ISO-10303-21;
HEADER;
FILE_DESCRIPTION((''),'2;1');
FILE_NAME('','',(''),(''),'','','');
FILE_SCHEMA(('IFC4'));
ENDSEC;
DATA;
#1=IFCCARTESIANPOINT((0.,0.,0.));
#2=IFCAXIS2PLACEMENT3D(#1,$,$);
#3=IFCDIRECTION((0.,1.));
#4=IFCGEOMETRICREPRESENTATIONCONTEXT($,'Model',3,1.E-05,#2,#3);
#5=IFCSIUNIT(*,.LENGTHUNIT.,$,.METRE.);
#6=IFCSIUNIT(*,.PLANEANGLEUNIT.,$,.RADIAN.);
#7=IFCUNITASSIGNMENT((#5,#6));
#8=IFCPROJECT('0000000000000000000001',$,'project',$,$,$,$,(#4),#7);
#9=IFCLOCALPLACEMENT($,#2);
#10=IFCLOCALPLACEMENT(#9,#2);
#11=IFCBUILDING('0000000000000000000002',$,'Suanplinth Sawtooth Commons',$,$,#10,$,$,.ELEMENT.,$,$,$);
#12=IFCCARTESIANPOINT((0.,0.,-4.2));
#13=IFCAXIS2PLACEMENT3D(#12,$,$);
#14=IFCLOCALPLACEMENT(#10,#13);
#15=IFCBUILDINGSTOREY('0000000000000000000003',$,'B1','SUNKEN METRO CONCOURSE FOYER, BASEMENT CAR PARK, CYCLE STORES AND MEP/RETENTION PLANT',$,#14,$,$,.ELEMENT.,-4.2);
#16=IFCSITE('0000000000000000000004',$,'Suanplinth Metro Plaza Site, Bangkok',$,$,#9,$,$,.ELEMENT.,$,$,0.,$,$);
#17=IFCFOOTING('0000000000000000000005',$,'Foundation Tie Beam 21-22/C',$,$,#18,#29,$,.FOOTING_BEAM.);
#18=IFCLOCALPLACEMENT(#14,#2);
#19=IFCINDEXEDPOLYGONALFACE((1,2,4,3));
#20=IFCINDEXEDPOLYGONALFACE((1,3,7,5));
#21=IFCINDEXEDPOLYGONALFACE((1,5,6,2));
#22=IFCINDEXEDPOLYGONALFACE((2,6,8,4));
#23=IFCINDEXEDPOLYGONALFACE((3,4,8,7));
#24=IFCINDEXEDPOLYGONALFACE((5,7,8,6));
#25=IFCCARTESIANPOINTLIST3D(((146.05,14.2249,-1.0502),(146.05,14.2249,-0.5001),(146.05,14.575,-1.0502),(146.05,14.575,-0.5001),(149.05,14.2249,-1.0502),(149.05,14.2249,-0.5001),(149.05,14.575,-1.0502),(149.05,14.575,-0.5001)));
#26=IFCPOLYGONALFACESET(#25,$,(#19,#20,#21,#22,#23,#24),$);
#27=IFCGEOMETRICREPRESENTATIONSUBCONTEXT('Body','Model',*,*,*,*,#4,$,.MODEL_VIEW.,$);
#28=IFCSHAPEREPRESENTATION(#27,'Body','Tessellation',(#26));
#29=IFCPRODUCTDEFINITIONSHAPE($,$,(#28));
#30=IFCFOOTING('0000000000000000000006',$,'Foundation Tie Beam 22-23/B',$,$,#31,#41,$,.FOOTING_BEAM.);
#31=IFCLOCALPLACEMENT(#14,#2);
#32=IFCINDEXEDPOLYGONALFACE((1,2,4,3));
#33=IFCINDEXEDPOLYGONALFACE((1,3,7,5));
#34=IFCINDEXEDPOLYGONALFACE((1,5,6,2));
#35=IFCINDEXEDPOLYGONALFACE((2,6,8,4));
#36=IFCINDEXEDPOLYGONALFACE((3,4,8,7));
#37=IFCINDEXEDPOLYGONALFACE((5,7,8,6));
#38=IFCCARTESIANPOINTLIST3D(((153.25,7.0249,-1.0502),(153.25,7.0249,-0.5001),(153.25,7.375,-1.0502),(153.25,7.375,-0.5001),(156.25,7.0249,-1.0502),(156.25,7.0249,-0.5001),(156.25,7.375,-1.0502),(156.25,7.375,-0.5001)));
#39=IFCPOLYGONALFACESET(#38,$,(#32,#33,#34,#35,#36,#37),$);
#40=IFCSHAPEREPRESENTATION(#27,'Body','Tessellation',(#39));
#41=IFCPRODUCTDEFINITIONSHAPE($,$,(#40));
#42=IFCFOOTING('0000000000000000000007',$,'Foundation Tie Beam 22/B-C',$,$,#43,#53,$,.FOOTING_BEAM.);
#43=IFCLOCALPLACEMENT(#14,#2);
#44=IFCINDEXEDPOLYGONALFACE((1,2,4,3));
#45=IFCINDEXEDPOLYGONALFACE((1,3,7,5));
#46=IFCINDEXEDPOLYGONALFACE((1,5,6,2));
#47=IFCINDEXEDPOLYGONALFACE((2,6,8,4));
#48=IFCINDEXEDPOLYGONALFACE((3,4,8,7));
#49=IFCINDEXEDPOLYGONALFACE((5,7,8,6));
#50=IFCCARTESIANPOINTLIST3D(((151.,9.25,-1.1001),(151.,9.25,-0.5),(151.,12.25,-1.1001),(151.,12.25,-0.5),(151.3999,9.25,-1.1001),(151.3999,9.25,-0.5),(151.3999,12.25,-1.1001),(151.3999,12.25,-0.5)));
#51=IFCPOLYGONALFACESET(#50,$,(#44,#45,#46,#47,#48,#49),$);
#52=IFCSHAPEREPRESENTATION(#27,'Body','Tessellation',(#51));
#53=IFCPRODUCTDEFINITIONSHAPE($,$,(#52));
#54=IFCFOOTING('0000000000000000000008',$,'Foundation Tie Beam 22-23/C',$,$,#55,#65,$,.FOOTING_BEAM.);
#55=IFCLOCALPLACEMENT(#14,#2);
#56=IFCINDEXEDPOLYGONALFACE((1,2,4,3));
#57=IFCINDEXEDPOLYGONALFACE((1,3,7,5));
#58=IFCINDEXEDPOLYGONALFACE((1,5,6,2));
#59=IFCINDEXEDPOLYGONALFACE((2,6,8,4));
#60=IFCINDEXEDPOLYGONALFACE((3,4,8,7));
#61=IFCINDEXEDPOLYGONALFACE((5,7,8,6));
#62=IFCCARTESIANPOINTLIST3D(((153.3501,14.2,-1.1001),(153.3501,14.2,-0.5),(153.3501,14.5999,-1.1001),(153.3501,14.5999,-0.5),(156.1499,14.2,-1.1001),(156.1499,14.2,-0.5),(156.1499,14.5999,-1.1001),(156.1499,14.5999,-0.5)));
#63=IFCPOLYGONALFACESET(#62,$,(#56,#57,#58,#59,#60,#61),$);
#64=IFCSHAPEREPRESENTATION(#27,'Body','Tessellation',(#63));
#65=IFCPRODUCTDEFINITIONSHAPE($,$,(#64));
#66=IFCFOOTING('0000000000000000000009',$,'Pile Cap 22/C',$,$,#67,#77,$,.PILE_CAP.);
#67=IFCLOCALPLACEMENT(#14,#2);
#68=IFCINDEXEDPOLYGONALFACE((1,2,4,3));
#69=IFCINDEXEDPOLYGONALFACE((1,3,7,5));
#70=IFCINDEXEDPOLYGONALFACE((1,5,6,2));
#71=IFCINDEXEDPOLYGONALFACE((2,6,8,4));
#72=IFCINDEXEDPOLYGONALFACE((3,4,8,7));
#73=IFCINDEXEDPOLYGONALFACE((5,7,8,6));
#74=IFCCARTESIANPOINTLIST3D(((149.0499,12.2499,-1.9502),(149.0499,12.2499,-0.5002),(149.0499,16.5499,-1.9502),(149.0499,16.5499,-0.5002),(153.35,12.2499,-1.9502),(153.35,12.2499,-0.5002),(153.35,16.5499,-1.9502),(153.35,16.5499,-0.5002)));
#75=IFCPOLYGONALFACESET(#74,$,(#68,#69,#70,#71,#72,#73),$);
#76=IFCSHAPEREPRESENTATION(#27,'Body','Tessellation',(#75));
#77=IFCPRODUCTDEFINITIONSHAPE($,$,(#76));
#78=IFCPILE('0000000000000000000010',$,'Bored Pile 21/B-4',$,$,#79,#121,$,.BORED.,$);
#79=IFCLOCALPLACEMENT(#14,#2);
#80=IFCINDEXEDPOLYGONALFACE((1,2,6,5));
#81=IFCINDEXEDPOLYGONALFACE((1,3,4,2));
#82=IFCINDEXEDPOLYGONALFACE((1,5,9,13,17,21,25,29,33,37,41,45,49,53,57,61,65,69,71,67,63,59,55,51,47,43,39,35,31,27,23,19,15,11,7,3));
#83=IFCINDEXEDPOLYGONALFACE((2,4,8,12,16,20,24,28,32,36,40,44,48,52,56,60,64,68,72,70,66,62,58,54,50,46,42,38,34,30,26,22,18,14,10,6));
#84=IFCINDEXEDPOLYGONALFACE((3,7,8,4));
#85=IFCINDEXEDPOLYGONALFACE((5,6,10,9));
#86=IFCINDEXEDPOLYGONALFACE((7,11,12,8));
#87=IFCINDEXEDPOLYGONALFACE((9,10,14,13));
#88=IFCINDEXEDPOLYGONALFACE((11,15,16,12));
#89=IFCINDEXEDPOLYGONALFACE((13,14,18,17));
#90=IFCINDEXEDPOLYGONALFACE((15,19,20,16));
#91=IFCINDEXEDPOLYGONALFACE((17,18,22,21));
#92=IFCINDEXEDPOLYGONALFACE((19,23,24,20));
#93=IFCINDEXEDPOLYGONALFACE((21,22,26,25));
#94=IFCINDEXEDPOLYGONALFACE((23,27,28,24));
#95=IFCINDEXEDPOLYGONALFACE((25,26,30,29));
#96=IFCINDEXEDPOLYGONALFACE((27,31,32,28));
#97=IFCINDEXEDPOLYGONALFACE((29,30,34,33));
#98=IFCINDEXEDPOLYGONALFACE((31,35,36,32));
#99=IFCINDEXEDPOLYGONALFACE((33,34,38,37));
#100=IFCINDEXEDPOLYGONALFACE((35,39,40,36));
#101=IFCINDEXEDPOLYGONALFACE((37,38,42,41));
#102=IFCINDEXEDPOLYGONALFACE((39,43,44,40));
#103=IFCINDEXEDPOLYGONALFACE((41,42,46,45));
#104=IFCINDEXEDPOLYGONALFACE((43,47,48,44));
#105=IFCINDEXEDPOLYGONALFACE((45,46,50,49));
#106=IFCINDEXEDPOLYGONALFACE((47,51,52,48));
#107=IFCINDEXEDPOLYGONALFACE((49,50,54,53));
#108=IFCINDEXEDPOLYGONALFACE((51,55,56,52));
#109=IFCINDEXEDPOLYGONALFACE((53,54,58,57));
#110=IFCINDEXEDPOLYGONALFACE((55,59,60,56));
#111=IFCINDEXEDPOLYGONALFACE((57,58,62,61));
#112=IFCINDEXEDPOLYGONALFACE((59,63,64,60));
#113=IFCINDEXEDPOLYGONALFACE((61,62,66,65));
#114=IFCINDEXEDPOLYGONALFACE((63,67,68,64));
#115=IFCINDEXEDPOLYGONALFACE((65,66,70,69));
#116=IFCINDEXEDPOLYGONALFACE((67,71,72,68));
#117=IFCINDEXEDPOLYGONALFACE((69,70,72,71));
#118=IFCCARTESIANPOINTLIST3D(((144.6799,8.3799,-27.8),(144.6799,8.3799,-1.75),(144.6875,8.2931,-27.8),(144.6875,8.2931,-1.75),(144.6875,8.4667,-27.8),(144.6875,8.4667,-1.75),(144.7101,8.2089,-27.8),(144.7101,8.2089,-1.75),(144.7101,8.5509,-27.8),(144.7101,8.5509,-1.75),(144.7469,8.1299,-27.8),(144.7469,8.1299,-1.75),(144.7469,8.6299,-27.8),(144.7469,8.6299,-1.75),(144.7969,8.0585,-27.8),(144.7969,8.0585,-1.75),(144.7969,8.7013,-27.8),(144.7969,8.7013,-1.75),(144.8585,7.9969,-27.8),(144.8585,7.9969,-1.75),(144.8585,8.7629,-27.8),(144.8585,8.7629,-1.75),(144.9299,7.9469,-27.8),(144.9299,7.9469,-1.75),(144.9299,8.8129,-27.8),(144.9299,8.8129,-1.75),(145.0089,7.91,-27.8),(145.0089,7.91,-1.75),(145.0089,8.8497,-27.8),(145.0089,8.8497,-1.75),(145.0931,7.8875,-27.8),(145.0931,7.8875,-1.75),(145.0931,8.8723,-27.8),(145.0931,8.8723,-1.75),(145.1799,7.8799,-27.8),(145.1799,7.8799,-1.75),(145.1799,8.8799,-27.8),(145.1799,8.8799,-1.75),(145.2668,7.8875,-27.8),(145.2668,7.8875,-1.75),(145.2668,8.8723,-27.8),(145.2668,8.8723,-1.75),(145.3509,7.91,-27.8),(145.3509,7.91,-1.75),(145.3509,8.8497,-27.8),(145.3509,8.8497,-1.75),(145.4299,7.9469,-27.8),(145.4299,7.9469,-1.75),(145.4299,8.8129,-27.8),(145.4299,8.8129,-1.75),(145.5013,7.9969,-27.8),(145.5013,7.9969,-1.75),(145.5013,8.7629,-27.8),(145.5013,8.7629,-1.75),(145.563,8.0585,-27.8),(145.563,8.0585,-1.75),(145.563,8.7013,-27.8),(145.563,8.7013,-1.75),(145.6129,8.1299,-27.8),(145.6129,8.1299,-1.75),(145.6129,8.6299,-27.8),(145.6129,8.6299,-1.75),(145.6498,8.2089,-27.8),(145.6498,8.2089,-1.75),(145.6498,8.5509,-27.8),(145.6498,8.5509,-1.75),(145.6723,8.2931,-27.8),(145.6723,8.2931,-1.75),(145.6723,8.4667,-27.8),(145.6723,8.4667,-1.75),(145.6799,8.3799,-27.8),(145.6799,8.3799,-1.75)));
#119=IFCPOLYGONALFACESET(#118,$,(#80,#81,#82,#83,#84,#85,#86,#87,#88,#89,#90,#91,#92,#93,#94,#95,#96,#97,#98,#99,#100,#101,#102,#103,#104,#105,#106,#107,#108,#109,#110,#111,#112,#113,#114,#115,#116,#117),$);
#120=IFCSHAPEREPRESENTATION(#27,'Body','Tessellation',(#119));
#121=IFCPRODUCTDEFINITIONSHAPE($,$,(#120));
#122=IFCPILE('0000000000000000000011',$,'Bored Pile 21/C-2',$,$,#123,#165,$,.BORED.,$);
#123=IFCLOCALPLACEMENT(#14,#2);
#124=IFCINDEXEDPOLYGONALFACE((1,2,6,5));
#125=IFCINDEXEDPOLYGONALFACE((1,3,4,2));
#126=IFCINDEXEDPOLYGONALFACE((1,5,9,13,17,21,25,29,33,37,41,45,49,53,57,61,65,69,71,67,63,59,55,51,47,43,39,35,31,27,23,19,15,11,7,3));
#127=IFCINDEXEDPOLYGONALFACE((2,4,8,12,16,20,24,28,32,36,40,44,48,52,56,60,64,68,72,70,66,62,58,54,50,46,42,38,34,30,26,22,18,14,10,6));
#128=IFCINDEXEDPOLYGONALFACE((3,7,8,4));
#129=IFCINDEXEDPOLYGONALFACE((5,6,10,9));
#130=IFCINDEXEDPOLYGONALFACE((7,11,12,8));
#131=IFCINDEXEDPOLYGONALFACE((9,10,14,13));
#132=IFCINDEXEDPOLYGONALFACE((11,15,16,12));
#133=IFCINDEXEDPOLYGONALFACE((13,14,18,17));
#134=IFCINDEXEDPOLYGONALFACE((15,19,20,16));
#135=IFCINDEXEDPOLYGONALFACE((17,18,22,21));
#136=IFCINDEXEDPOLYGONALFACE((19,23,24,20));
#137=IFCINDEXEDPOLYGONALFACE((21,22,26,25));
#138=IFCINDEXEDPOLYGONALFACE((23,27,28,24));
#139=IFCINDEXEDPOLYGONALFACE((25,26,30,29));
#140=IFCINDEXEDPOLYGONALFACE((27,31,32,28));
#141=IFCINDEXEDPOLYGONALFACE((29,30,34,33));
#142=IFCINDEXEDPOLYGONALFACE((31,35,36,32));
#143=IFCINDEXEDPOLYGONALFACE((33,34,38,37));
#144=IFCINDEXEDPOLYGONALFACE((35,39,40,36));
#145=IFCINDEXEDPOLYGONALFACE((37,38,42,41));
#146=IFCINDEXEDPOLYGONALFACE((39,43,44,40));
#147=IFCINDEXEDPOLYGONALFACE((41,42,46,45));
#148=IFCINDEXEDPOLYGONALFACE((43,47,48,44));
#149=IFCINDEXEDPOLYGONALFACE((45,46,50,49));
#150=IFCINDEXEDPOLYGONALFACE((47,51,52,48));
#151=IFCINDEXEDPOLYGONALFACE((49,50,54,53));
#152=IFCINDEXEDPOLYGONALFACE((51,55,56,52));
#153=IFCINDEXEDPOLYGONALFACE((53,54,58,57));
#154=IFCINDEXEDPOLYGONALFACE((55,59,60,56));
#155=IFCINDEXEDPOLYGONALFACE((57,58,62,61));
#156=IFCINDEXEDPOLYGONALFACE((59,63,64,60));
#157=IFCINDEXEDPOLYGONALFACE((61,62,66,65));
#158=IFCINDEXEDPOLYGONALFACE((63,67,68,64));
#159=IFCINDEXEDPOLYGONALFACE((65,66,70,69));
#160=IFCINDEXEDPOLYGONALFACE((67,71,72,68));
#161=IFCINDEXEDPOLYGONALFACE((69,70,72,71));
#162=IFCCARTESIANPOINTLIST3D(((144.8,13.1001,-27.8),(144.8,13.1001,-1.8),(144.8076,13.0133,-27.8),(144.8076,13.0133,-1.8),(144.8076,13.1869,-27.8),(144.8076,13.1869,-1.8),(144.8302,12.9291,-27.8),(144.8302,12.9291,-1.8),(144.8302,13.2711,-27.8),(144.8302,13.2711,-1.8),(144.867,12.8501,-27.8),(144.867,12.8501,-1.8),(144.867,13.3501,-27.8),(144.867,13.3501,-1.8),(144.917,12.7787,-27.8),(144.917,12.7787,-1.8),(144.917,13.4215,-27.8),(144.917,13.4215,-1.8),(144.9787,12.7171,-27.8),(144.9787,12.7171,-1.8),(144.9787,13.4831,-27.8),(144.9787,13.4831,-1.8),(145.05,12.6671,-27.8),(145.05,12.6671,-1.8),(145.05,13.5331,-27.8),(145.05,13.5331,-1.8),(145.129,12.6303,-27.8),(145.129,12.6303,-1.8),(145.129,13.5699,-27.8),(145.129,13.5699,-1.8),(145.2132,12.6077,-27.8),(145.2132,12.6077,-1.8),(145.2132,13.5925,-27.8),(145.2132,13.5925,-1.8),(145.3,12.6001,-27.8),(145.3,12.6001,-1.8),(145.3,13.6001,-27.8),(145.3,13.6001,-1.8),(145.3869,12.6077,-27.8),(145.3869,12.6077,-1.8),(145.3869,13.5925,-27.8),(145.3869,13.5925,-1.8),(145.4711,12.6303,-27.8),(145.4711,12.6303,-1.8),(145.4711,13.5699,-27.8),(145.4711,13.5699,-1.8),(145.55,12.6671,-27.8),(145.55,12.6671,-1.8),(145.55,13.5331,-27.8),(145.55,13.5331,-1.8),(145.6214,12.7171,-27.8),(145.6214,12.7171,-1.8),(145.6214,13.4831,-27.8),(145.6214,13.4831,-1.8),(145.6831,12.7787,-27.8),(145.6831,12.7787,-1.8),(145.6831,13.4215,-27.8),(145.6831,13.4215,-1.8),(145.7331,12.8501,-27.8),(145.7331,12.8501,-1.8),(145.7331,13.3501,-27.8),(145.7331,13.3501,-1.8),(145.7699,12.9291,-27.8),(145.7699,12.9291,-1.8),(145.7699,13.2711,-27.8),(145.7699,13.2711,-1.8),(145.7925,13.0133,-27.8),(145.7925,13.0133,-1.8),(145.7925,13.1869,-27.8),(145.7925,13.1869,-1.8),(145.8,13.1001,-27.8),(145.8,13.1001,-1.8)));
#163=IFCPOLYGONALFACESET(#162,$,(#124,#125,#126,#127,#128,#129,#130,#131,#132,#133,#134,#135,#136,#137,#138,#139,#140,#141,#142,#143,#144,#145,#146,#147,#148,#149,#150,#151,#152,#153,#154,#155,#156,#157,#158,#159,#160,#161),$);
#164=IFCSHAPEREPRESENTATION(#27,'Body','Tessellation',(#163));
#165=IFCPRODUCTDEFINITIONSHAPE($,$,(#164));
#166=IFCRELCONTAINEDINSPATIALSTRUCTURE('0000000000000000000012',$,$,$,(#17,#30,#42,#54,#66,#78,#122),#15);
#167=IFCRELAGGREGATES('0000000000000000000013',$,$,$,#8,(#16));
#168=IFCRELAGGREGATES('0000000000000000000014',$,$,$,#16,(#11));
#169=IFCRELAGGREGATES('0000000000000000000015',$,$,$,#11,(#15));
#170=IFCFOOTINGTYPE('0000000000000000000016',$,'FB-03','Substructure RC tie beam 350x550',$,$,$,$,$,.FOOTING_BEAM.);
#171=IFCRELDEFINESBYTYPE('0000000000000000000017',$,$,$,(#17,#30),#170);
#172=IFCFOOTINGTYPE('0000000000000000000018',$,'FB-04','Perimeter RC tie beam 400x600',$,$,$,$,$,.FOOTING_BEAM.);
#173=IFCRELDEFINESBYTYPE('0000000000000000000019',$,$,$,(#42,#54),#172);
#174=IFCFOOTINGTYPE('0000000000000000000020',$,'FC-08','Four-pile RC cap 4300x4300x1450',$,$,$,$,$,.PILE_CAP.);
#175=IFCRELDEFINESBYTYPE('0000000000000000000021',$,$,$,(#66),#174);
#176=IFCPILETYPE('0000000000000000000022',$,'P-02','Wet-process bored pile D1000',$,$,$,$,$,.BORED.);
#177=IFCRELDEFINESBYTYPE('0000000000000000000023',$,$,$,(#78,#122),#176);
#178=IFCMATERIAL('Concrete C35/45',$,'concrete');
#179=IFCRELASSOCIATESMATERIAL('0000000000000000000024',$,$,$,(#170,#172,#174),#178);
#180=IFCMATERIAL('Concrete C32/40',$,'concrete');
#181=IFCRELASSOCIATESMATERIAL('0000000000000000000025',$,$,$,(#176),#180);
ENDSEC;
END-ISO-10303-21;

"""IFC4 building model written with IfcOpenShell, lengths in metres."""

from ifc_helpers import new_model, si_unit, direction, frame, origin, origin_2d, place, context, subcontext, project, spatial, rectangle, circle, extrude, material, material_profile, profile_set, type_object, element, save


model = new_model("IFC4")

# Units and contexts
model_context = context("Model", 3, precision=1e-05, world=origin(), true_north=direction((0.0, 1.0)))
body_context = subcontext(model_context, "Body", "Model", "MODEL_VIEW")
ifc_project = project(units=[si_unit("LENGTHUNIT", "METRE"), si_unit("PLANEANGLEUNIT", "RADIAN")], contexts=[model_context])

# Site, building, storey
site_placement = place(None, origin())
site = spatial("IfcSite", under=ifc_project, at=site_placement, Name="Suanplinth Metro Plaza Site, Bangkok", CompositionType="ELEMENT", RefElevation=0.0)
building_placement = place(site_placement, origin())
building = spatial("IfcBuilding", under=site, at=building_placement, Name="Suanplinth Sawtooth Commons", CompositionType="ELEMENT")
storey_placement = place(building_placement, frame((0.0, 0.0, -4.2)))
storey = spatial("IfcBuildingStorey", under=building, at=storey_placement, Name="B1", Description="SUNKEN METRO CONCOURSE FOYER, BASEMENT CAR PARK, CYCLE STORES AND MEP/RETENTION PLANT", CompositionType="ELEMENT", Elevation=-4.2)

# Footings
ifc_material_1 = material(Name="Concrete C35/45", Category="concrete")
ifc_material_profile_1 = material_profile(ifc_material_1, rectangle(XDim=0.3501, YDim=0.55, at=origin_2d()), Name="PC-BM 350x550")
ifc_profile_set_1 = profile_set([ifc_material_profile_1], Name="Concrete C35/45")
footing_type_1 = type_object("IfcFootingType", Name="FB-03", Description="Substructure RC tie beam 350x550", PredefinedType="FOOTING_BEAM", material=ifc_profile_set_1)
for number, where, z_axis, x_axis, name in (
    (1, (146.05, 14.3999, -0.7751), (1.0, 0.0, 0.0), (0.0, 1.0, 0.0), "Foundation Tie Beam 21-22/C"),
    (2, (153.25, 7.2, -0.7751), (1.0, 0.0, 0.0), (0.0, 1.0, 0.0), "Foundation Tie Beam 22-23/B"),
):
    element("IfcFooting", number, at=place(storey_placement, frame(where, z_axis=z_axis, x_axis=x_axis)), inside=storey, type_object=footing_type_1, Name=name, PredefinedType="FOOTING_BEAM", context=body_context, shape_type="SweptSolid", body=[
        extrude(rectangle(XDim=0.3501, YDim=0.55, at=origin_2d()), origin(), (0.0, 0.0, 1.0), 3.0),
    ])
ifc_material_profile_2 = material_profile(ifc_material_1, rectangle(XDim=0.3999, YDim=0.6001, at=origin_2d()), Name="PC-GDR 400x600")
ifc_profile_set_2 = profile_set([ifc_material_profile_2], Name="Concrete C35/45")
footing_type_2 = type_object("IfcFootingType", Name="FB-04", Description="Perimeter RC tie beam 400x600", PredefinedType="FOOTING_BEAM", material=ifc_profile_set_2)
footing_1_placement = place(storey_placement, frame((151.2, 9.25, -0.8), z_axis=(0.0, 1.0, 0.0), x_axis=(-1.0, 0.0, 0.0)))
element("IfcFooting", 3, at=footing_1_placement, inside=storey, type_object=footing_type_2, Name="Foundation Tie Beam 22/B-C", PredefinedType="FOOTING_BEAM", context=body_context, shape_type="SweptSolid", body=[
    extrude(rectangle(XDim=0.3999, YDim=0.6001, at=origin_2d()), origin(), (0.0, 0.0, 1.0), 3.0),
])
footing_2_placement = place(storey_placement, frame((153.3501, 14.3999, -0.8), z_axis=(1.0, 0.0, 0.0), x_axis=(0.0, 1.0, 0.0)))
element("IfcFooting", 4, at=footing_2_placement, inside=storey, type_object=footing_type_2, Name="Foundation Tie Beam 22-23/C", PredefinedType="FOOTING_BEAM", context=body_context, shape_type="SweptSolid", body=[
    extrude(rectangle(XDim=0.3999, YDim=0.6001, at=origin_2d()), origin(), (0.0, 0.0, 1.0), 2.7998),
])
footing_type_3 = type_object("IfcFootingType", Name="FC-08", Description="Four-pile RC cap 4300x4300x1450", PredefinedType="PILE_CAP", material=ifc_material_1)
footing_3_placement = place(storey_placement, frame((151.2, 14.3999, -1.9502), z_axis=(0.0, 0.0, 1.0), x_axis=(1.0, 0.0, 0.0)))
element("IfcFooting", 5, at=footing_3_placement, inside=storey, type_object=footing_type_3, Name="Pile Cap 22/C", PredefinedType="PILE_CAP", context=body_context, shape_type="SweptSolid", body=[
    extrude(rectangle(XDim=4.3, YDim=4.3, at=origin_2d()), origin(), (0.0, 0.0, 1.0), 1.45),
])

# Piles
ifc_material_2 = material(Name="Concrete C32/40", Category="concrete")
ifc_material_profile_3 = material_profile(ifc_material_2, circle(Radius=0.5, at=origin_2d()), Name="PILE D1000")
ifc_profile_set_3 = profile_set([ifc_material_profile_3], Name="Concrete C32/40")
pile_type = type_object("IfcPileType", Name="P-02", Description="Wet-process bored pile D1000", PredefinedType="BORED", material=ifc_profile_set_3)
pile_placement = place(storey_placement, frame((145.1799, 8.3799, -1.75), z_axis=(0.0, 0.0, -1.0), x_axis=(1.0, 0.0, 0.0)))
element("IfcPile", 6, at=pile_placement, inside=storey, type_object=pile_type, Name="Bored Pile 21/B-4", PredefinedType="BORED", context=body_context, shape_type="SweptSolid", body=[
    extrude(circle(Radius=0.5, at=origin_2d()), origin(), (0.0, 0.0, 1.0), 26.05),
])
for number, where, z_axis, x_axis, name in (
    (7, (145.3, 13.1001, -1.8), (0.0, 0.0, -1.0), (1.0, 0.0, 0.0), "Bored Pile 21/C-2"),
):
    element("IfcPile", number, at=place(storey_placement, frame(where, z_axis=z_axis, x_axis=x_axis)), inside=storey, type_object=pile_type, Name=name, PredefinedType="BORED", context=body_context, shape_type="SweptSolid", body=[
        extrude(circle(Radius=0.5, at=origin_2d()), origin(), (0.0, 0.0, 1.0), 26.0),
    ])

save(model, "model.ifc")
